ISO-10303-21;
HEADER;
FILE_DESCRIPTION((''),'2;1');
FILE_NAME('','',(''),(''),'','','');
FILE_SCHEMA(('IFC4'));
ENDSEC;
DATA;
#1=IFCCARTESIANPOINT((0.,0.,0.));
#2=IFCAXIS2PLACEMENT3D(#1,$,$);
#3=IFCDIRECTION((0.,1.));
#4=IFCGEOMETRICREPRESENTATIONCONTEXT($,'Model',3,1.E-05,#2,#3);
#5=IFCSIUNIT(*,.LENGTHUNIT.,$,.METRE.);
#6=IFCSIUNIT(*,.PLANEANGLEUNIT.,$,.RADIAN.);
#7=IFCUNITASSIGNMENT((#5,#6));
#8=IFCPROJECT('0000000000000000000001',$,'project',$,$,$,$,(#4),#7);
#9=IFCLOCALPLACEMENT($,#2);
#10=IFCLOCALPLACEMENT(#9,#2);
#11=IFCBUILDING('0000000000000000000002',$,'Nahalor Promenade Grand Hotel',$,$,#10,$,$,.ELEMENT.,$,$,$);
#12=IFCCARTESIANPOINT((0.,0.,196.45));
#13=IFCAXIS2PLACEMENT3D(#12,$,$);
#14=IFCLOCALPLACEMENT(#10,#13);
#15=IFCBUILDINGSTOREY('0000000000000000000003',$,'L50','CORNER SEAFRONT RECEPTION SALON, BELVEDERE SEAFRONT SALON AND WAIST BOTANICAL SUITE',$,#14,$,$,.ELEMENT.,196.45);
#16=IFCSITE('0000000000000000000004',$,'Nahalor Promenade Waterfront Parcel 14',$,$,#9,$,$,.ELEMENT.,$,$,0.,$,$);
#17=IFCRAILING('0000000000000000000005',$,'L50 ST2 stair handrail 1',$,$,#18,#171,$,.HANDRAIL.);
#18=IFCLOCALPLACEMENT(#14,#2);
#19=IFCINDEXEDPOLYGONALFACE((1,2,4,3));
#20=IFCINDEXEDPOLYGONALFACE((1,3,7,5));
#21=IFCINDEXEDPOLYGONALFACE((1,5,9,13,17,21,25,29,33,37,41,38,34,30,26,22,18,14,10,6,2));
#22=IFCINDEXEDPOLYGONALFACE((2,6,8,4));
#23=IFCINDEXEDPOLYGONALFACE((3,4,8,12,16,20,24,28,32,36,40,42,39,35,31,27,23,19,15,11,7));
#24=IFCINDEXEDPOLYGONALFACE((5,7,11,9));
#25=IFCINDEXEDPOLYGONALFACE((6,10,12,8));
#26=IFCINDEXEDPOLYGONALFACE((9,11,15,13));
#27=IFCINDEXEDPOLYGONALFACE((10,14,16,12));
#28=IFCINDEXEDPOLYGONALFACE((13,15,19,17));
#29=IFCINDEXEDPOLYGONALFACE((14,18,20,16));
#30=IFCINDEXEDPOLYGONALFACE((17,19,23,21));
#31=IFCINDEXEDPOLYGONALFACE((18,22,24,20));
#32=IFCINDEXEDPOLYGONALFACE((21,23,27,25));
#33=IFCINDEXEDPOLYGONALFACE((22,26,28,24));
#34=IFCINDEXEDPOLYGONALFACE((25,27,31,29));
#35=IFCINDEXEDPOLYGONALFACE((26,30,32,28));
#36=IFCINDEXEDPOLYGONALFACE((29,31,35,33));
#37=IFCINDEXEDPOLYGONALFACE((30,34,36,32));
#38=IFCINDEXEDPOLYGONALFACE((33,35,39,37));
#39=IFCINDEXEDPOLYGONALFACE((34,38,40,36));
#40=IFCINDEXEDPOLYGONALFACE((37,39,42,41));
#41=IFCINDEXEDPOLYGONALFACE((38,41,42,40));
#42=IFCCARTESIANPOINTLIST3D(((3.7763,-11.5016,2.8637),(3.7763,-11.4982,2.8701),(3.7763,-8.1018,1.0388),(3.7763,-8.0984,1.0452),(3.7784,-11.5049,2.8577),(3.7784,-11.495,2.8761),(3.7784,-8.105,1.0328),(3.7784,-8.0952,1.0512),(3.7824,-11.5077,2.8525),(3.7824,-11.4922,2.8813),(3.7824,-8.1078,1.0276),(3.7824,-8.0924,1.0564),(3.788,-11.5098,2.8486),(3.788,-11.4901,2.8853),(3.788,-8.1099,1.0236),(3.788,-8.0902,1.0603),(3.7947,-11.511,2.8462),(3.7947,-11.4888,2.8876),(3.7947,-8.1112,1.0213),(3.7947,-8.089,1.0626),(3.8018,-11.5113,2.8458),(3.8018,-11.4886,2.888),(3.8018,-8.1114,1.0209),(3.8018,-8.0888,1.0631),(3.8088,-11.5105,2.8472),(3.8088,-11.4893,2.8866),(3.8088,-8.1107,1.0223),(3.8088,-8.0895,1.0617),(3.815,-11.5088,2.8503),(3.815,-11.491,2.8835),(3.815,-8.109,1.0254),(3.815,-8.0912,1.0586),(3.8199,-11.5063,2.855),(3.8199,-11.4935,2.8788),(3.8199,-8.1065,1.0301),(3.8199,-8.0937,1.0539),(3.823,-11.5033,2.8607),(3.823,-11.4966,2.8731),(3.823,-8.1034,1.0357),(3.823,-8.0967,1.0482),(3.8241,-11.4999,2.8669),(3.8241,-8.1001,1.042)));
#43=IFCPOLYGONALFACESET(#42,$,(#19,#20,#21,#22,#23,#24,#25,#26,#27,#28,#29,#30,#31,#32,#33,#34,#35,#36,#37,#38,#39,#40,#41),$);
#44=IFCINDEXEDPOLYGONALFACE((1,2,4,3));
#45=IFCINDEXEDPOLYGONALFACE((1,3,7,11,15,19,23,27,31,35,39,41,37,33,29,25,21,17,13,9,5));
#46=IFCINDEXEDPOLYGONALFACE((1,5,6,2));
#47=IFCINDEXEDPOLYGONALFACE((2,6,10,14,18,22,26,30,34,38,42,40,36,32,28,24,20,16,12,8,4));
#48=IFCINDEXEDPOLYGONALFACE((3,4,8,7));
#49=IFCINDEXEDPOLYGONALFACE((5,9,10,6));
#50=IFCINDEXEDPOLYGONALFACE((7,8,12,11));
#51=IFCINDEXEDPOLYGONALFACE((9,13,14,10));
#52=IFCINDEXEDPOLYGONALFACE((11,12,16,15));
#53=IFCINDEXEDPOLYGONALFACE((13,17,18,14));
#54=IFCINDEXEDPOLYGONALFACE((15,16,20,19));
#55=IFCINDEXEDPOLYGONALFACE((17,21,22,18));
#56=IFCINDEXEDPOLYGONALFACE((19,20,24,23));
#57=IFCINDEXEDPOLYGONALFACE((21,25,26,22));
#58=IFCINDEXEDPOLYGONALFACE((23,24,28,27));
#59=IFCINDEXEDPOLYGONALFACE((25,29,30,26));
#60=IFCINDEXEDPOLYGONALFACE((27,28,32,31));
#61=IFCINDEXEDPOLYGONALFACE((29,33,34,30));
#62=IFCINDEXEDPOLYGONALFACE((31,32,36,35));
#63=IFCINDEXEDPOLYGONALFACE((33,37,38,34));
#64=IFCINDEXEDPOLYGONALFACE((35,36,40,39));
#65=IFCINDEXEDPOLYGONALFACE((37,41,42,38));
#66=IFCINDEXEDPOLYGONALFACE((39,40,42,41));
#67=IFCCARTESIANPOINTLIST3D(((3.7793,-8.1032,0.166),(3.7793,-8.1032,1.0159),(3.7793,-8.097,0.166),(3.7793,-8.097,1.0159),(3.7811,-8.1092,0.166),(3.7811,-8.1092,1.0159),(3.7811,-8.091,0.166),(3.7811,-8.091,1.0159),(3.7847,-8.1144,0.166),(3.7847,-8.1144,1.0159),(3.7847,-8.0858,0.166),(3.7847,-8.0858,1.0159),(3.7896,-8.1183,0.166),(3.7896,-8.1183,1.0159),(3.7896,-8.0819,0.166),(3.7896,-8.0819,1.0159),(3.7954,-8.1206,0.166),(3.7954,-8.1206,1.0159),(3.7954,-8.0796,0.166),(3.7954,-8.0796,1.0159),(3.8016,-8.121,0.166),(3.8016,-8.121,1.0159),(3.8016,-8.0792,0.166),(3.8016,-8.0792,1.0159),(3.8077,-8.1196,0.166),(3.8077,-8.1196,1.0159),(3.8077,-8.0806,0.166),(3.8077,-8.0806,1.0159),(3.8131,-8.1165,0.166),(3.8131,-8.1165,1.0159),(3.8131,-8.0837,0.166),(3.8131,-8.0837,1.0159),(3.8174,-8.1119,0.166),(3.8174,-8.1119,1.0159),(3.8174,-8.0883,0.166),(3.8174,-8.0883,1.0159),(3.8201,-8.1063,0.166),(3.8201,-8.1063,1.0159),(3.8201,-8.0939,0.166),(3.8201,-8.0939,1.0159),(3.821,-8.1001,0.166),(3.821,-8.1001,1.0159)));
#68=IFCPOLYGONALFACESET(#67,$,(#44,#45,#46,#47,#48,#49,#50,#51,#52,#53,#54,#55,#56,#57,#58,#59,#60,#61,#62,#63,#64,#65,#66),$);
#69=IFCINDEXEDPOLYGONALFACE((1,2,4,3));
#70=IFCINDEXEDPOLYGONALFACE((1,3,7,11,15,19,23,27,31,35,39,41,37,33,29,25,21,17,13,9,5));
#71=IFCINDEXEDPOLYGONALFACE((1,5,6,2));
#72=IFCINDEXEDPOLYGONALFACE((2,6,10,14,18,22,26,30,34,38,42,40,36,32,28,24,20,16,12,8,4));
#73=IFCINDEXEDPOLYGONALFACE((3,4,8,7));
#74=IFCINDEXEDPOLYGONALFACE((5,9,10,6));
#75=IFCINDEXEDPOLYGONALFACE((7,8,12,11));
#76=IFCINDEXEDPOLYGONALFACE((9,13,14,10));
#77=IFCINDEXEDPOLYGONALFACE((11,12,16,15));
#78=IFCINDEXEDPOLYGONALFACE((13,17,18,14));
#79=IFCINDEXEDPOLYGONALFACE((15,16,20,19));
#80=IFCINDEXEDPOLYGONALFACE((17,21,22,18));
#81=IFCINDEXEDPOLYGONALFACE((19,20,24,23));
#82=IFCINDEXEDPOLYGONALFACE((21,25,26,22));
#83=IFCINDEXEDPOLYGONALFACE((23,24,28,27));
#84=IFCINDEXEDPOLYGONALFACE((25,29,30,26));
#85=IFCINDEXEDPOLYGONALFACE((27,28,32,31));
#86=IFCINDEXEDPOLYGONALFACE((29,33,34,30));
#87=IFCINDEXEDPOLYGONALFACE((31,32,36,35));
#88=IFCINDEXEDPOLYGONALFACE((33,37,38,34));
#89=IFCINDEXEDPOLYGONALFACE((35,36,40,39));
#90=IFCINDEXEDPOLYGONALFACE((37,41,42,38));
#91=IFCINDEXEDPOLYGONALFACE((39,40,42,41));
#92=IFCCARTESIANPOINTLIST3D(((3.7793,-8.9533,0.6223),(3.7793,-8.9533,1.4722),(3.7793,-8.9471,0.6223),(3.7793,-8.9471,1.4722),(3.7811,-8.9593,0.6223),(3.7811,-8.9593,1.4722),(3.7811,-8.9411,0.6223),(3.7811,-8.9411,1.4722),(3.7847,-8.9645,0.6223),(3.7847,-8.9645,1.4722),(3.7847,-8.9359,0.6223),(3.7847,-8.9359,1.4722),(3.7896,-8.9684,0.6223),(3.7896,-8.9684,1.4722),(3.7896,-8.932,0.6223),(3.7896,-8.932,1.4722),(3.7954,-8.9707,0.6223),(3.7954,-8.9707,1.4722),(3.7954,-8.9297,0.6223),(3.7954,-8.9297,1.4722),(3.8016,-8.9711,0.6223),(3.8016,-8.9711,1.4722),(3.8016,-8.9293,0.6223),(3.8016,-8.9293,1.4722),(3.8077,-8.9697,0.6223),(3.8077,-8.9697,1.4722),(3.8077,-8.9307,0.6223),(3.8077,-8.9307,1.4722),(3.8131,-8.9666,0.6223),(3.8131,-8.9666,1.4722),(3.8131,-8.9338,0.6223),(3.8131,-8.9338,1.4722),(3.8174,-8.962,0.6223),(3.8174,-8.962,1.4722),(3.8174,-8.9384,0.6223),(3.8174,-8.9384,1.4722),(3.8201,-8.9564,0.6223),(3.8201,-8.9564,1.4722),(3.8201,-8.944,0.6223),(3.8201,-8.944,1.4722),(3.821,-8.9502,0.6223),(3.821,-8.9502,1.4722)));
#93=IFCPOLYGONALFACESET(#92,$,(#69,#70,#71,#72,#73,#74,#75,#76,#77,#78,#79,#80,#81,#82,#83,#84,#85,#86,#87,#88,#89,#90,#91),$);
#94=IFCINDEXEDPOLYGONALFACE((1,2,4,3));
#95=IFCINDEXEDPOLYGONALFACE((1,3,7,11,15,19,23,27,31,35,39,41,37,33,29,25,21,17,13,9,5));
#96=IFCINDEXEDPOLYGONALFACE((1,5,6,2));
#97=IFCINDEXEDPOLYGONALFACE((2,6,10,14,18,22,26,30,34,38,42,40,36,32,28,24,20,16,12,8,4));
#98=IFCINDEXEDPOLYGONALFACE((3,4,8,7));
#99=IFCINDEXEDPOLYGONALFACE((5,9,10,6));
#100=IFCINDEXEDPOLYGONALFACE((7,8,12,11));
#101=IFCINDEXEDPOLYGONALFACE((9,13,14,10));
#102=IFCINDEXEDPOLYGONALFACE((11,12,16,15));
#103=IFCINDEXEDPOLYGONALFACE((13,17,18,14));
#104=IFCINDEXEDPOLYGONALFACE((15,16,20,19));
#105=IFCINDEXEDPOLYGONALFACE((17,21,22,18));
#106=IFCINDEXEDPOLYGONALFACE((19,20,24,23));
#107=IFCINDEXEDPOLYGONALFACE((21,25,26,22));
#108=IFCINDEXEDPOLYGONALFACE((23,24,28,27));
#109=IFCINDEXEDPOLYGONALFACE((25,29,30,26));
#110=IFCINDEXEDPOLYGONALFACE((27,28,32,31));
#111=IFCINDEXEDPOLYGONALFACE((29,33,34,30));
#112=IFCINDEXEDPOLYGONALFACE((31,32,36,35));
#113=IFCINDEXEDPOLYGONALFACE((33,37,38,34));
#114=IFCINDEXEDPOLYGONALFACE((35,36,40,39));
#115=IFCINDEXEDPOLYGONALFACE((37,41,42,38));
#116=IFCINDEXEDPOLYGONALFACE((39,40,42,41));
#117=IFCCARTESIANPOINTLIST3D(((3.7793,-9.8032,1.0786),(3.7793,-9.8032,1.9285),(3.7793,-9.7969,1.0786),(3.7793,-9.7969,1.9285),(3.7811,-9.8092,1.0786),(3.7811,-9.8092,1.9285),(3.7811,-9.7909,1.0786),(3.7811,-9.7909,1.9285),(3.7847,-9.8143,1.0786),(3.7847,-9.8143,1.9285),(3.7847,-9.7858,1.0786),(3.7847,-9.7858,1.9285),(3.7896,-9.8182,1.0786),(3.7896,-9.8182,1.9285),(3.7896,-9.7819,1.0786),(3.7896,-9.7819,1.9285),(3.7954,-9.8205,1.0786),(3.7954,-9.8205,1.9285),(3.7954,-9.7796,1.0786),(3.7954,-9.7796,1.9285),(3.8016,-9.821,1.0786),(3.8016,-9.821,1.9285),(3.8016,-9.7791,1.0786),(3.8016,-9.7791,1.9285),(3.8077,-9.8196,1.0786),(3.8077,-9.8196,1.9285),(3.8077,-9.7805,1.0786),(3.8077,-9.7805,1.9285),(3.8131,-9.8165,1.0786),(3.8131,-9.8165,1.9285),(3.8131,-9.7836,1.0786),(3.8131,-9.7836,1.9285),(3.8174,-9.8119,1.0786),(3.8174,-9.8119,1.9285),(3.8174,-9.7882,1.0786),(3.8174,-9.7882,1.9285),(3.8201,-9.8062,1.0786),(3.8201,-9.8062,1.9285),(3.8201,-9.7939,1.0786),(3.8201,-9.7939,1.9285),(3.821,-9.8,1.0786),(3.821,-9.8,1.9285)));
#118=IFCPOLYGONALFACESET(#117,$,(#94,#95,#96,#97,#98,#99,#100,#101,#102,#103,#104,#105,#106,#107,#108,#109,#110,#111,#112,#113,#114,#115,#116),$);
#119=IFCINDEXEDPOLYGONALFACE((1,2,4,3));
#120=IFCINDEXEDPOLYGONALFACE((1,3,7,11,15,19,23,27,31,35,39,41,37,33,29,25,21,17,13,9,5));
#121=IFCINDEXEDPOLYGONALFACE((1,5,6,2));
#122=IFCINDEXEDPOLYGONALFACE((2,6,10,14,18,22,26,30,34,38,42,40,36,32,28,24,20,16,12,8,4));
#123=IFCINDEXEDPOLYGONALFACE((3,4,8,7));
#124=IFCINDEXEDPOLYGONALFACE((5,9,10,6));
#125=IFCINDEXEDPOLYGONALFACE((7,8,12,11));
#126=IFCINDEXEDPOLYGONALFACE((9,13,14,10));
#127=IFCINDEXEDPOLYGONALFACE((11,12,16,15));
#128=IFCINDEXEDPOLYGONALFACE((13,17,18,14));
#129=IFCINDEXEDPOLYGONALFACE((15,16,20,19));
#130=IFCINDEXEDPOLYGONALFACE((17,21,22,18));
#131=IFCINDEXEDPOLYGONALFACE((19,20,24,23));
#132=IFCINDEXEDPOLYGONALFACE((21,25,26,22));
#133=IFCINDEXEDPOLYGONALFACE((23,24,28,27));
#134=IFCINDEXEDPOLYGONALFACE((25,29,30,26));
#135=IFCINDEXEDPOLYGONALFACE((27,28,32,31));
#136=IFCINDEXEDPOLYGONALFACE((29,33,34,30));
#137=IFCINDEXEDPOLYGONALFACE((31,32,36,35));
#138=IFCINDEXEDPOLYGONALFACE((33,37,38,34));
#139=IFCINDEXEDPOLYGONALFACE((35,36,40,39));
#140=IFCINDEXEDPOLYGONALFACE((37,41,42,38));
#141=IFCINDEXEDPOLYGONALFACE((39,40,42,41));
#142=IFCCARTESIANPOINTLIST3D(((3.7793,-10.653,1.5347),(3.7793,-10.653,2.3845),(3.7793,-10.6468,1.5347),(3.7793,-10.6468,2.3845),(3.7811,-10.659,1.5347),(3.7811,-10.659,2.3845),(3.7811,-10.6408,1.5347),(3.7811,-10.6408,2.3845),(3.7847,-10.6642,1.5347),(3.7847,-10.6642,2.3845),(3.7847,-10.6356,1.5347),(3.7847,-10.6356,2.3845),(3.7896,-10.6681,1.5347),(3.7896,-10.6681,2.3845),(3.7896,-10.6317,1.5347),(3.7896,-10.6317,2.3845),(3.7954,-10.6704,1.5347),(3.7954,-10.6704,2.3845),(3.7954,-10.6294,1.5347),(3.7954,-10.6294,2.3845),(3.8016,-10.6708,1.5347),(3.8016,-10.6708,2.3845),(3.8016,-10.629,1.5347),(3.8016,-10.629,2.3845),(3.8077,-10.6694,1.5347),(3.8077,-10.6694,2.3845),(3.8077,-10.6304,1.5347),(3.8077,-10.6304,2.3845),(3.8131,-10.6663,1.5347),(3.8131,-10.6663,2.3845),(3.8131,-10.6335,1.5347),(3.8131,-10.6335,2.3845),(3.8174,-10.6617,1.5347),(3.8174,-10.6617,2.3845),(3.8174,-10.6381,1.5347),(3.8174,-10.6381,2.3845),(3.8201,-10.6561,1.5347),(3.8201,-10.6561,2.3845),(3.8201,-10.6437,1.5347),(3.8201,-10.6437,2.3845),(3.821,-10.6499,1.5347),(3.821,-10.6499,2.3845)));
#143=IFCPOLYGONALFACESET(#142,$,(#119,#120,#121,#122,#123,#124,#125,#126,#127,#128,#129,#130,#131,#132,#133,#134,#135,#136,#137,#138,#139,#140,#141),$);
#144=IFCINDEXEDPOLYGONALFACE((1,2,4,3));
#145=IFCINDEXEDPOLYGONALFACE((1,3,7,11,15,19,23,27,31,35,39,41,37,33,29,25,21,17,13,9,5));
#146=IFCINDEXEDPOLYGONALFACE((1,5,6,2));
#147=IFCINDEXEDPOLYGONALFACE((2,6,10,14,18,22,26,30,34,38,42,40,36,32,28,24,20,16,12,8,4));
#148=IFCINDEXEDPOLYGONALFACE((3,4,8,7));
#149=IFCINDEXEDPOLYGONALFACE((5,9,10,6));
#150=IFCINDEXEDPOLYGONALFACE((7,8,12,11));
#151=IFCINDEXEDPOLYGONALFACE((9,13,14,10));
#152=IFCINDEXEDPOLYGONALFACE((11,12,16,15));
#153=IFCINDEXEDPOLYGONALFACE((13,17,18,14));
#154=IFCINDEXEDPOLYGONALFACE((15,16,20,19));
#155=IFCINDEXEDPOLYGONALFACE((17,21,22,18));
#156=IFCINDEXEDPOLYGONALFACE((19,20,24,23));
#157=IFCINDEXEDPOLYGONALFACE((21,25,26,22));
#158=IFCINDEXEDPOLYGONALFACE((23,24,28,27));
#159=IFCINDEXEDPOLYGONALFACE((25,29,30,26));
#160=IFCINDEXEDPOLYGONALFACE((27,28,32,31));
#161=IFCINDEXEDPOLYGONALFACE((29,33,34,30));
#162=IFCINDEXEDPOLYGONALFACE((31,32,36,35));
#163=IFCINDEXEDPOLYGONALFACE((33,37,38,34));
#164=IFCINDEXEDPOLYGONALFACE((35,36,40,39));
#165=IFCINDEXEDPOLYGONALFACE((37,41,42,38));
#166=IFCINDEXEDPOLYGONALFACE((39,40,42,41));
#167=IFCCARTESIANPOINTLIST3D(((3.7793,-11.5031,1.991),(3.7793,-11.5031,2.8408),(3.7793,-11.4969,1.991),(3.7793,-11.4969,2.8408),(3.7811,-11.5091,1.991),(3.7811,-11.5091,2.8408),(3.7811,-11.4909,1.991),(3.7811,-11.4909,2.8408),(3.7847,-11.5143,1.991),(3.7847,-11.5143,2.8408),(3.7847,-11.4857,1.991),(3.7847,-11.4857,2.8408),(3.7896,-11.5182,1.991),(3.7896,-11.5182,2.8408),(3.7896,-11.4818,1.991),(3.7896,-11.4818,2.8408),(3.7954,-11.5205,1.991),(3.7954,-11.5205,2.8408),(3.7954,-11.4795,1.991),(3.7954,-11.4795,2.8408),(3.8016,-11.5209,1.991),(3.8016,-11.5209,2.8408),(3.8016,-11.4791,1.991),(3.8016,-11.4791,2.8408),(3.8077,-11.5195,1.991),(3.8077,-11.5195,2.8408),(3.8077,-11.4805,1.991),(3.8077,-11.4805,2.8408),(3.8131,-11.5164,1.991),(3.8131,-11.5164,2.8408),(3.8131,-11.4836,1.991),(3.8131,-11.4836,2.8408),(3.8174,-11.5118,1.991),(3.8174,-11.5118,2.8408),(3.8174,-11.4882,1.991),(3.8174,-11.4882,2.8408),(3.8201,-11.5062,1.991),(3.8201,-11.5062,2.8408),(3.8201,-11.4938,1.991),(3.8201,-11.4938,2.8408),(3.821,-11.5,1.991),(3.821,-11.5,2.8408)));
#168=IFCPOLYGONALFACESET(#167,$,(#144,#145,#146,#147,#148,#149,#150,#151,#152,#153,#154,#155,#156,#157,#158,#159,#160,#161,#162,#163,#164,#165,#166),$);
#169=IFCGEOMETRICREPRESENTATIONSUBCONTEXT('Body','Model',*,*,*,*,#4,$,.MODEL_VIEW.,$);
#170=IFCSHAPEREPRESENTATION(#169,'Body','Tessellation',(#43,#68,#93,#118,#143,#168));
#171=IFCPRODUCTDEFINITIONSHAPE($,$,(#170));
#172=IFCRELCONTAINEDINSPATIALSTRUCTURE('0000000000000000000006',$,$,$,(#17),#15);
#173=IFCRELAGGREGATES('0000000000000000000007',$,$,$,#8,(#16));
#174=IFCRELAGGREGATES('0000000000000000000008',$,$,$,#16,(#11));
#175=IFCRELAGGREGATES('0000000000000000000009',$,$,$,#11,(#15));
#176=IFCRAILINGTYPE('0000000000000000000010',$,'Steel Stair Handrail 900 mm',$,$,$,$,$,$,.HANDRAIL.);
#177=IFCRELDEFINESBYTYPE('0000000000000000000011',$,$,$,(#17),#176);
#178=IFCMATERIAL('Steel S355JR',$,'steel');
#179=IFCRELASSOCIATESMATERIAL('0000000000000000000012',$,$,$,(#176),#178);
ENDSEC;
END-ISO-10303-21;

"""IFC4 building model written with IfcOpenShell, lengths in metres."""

from ifc_helpers import new_model, si_unit, direction, frame, origin, origin_2d, place, context, subcontext, project, spatial, circle, extrude, material, type_object, element, save


model = new_model("IFC4")

# Units and contexts
model_context = context("Model", 3, precision=1e-05, world=origin(), true_north=direction((0.0, 1.0)))
body_context = subcontext(model_context, "Body", "Model", "MODEL_VIEW")
ifc_project = project(units=[si_unit("LENGTHUNIT", "METRE"), si_unit("PLANEANGLEUNIT", "RADIAN")], contexts=[model_context])

# Site, building, storey
site_placement = place(None, origin())
site = spatial("IfcSite", under=ifc_project, at=site_placement, Name="Nahalor Promenade Waterfront Parcel 14", CompositionType="ELEMENT", RefElevation=0.0)
building_placement = place(site_placement, origin())
building = spatial("IfcBuilding", under=site, at=building_placement, Name="Nahalor Promenade Grand Hotel", CompositionType="ELEMENT")
storey_placement = place(building_placement, frame((0.0, 0.0, 196.45)))
storey = spatial("IfcBuildingStorey", under=building, at=storey_placement, Name="L50", Description="CORNER SEAFRONT RECEPTION SALON, BELVEDERE SEAFRONT SALON AND WAIST BOTANICAL SUITE", CompositionType="ELEMENT", Elevation=196.45)

# Shared definitions
ifc_material_1 = material(Name="Steel S355JR", Category="steel")

# Railing
railing_type_1 = type_object("IfcRailingType", Name="Steel Stair Handrail 900 mm", PredefinedType="HANDRAIL", material=ifc_material_1)
railing_1_placement = place(storey_placement, frame((3.8, -8.1001, 0.166)))
element("IfcRailing", 1, at=railing_1_placement, inside=storey, type_object=railing_type_1, Name="L50 ST2 stair handrail 1", PredefinedType="HANDRAIL", context=body_context, shape_type="SweptSolid", body=[
    extrude(circle(Radius=0.024, at=origin_2d()), frame((0.0, 0.0, 0.876), z_axis=(0.0, -0.881094, 0.472941), x_axis=(1.0, 0.0, 0.0)), (0.0, 0.0, 1.0), 3.8586),
    extrude(circle(Radius=0.021, at=origin_2d()), origin(), (0.0, 0.0, 1.0), 0.8499),
    extrude(circle(Radius=0.021, at=origin_2d()), frame((0.0, -0.8501, 0.4563)), (0.0, 0.0, 1.0), 0.8499),
    extrude(circle(Radius=0.021, at=origin_2d()), frame((0.0, -1.7, 0.9126)), (0.0, 0.0, 1.0), 0.8499),
    extrude(circle(Radius=0.021, at=origin_2d()), frame((0.0, -2.5498, 1.3687)), (0.0, 0.0, 1.0), 0.8499),
    extrude(circle(Radius=0.021, at=origin_2d()), frame((0.0, -3.3999, 1.825)), (0.0, 0.0, 1.0), 0.8499),
])

save(model, "model.ifc")
